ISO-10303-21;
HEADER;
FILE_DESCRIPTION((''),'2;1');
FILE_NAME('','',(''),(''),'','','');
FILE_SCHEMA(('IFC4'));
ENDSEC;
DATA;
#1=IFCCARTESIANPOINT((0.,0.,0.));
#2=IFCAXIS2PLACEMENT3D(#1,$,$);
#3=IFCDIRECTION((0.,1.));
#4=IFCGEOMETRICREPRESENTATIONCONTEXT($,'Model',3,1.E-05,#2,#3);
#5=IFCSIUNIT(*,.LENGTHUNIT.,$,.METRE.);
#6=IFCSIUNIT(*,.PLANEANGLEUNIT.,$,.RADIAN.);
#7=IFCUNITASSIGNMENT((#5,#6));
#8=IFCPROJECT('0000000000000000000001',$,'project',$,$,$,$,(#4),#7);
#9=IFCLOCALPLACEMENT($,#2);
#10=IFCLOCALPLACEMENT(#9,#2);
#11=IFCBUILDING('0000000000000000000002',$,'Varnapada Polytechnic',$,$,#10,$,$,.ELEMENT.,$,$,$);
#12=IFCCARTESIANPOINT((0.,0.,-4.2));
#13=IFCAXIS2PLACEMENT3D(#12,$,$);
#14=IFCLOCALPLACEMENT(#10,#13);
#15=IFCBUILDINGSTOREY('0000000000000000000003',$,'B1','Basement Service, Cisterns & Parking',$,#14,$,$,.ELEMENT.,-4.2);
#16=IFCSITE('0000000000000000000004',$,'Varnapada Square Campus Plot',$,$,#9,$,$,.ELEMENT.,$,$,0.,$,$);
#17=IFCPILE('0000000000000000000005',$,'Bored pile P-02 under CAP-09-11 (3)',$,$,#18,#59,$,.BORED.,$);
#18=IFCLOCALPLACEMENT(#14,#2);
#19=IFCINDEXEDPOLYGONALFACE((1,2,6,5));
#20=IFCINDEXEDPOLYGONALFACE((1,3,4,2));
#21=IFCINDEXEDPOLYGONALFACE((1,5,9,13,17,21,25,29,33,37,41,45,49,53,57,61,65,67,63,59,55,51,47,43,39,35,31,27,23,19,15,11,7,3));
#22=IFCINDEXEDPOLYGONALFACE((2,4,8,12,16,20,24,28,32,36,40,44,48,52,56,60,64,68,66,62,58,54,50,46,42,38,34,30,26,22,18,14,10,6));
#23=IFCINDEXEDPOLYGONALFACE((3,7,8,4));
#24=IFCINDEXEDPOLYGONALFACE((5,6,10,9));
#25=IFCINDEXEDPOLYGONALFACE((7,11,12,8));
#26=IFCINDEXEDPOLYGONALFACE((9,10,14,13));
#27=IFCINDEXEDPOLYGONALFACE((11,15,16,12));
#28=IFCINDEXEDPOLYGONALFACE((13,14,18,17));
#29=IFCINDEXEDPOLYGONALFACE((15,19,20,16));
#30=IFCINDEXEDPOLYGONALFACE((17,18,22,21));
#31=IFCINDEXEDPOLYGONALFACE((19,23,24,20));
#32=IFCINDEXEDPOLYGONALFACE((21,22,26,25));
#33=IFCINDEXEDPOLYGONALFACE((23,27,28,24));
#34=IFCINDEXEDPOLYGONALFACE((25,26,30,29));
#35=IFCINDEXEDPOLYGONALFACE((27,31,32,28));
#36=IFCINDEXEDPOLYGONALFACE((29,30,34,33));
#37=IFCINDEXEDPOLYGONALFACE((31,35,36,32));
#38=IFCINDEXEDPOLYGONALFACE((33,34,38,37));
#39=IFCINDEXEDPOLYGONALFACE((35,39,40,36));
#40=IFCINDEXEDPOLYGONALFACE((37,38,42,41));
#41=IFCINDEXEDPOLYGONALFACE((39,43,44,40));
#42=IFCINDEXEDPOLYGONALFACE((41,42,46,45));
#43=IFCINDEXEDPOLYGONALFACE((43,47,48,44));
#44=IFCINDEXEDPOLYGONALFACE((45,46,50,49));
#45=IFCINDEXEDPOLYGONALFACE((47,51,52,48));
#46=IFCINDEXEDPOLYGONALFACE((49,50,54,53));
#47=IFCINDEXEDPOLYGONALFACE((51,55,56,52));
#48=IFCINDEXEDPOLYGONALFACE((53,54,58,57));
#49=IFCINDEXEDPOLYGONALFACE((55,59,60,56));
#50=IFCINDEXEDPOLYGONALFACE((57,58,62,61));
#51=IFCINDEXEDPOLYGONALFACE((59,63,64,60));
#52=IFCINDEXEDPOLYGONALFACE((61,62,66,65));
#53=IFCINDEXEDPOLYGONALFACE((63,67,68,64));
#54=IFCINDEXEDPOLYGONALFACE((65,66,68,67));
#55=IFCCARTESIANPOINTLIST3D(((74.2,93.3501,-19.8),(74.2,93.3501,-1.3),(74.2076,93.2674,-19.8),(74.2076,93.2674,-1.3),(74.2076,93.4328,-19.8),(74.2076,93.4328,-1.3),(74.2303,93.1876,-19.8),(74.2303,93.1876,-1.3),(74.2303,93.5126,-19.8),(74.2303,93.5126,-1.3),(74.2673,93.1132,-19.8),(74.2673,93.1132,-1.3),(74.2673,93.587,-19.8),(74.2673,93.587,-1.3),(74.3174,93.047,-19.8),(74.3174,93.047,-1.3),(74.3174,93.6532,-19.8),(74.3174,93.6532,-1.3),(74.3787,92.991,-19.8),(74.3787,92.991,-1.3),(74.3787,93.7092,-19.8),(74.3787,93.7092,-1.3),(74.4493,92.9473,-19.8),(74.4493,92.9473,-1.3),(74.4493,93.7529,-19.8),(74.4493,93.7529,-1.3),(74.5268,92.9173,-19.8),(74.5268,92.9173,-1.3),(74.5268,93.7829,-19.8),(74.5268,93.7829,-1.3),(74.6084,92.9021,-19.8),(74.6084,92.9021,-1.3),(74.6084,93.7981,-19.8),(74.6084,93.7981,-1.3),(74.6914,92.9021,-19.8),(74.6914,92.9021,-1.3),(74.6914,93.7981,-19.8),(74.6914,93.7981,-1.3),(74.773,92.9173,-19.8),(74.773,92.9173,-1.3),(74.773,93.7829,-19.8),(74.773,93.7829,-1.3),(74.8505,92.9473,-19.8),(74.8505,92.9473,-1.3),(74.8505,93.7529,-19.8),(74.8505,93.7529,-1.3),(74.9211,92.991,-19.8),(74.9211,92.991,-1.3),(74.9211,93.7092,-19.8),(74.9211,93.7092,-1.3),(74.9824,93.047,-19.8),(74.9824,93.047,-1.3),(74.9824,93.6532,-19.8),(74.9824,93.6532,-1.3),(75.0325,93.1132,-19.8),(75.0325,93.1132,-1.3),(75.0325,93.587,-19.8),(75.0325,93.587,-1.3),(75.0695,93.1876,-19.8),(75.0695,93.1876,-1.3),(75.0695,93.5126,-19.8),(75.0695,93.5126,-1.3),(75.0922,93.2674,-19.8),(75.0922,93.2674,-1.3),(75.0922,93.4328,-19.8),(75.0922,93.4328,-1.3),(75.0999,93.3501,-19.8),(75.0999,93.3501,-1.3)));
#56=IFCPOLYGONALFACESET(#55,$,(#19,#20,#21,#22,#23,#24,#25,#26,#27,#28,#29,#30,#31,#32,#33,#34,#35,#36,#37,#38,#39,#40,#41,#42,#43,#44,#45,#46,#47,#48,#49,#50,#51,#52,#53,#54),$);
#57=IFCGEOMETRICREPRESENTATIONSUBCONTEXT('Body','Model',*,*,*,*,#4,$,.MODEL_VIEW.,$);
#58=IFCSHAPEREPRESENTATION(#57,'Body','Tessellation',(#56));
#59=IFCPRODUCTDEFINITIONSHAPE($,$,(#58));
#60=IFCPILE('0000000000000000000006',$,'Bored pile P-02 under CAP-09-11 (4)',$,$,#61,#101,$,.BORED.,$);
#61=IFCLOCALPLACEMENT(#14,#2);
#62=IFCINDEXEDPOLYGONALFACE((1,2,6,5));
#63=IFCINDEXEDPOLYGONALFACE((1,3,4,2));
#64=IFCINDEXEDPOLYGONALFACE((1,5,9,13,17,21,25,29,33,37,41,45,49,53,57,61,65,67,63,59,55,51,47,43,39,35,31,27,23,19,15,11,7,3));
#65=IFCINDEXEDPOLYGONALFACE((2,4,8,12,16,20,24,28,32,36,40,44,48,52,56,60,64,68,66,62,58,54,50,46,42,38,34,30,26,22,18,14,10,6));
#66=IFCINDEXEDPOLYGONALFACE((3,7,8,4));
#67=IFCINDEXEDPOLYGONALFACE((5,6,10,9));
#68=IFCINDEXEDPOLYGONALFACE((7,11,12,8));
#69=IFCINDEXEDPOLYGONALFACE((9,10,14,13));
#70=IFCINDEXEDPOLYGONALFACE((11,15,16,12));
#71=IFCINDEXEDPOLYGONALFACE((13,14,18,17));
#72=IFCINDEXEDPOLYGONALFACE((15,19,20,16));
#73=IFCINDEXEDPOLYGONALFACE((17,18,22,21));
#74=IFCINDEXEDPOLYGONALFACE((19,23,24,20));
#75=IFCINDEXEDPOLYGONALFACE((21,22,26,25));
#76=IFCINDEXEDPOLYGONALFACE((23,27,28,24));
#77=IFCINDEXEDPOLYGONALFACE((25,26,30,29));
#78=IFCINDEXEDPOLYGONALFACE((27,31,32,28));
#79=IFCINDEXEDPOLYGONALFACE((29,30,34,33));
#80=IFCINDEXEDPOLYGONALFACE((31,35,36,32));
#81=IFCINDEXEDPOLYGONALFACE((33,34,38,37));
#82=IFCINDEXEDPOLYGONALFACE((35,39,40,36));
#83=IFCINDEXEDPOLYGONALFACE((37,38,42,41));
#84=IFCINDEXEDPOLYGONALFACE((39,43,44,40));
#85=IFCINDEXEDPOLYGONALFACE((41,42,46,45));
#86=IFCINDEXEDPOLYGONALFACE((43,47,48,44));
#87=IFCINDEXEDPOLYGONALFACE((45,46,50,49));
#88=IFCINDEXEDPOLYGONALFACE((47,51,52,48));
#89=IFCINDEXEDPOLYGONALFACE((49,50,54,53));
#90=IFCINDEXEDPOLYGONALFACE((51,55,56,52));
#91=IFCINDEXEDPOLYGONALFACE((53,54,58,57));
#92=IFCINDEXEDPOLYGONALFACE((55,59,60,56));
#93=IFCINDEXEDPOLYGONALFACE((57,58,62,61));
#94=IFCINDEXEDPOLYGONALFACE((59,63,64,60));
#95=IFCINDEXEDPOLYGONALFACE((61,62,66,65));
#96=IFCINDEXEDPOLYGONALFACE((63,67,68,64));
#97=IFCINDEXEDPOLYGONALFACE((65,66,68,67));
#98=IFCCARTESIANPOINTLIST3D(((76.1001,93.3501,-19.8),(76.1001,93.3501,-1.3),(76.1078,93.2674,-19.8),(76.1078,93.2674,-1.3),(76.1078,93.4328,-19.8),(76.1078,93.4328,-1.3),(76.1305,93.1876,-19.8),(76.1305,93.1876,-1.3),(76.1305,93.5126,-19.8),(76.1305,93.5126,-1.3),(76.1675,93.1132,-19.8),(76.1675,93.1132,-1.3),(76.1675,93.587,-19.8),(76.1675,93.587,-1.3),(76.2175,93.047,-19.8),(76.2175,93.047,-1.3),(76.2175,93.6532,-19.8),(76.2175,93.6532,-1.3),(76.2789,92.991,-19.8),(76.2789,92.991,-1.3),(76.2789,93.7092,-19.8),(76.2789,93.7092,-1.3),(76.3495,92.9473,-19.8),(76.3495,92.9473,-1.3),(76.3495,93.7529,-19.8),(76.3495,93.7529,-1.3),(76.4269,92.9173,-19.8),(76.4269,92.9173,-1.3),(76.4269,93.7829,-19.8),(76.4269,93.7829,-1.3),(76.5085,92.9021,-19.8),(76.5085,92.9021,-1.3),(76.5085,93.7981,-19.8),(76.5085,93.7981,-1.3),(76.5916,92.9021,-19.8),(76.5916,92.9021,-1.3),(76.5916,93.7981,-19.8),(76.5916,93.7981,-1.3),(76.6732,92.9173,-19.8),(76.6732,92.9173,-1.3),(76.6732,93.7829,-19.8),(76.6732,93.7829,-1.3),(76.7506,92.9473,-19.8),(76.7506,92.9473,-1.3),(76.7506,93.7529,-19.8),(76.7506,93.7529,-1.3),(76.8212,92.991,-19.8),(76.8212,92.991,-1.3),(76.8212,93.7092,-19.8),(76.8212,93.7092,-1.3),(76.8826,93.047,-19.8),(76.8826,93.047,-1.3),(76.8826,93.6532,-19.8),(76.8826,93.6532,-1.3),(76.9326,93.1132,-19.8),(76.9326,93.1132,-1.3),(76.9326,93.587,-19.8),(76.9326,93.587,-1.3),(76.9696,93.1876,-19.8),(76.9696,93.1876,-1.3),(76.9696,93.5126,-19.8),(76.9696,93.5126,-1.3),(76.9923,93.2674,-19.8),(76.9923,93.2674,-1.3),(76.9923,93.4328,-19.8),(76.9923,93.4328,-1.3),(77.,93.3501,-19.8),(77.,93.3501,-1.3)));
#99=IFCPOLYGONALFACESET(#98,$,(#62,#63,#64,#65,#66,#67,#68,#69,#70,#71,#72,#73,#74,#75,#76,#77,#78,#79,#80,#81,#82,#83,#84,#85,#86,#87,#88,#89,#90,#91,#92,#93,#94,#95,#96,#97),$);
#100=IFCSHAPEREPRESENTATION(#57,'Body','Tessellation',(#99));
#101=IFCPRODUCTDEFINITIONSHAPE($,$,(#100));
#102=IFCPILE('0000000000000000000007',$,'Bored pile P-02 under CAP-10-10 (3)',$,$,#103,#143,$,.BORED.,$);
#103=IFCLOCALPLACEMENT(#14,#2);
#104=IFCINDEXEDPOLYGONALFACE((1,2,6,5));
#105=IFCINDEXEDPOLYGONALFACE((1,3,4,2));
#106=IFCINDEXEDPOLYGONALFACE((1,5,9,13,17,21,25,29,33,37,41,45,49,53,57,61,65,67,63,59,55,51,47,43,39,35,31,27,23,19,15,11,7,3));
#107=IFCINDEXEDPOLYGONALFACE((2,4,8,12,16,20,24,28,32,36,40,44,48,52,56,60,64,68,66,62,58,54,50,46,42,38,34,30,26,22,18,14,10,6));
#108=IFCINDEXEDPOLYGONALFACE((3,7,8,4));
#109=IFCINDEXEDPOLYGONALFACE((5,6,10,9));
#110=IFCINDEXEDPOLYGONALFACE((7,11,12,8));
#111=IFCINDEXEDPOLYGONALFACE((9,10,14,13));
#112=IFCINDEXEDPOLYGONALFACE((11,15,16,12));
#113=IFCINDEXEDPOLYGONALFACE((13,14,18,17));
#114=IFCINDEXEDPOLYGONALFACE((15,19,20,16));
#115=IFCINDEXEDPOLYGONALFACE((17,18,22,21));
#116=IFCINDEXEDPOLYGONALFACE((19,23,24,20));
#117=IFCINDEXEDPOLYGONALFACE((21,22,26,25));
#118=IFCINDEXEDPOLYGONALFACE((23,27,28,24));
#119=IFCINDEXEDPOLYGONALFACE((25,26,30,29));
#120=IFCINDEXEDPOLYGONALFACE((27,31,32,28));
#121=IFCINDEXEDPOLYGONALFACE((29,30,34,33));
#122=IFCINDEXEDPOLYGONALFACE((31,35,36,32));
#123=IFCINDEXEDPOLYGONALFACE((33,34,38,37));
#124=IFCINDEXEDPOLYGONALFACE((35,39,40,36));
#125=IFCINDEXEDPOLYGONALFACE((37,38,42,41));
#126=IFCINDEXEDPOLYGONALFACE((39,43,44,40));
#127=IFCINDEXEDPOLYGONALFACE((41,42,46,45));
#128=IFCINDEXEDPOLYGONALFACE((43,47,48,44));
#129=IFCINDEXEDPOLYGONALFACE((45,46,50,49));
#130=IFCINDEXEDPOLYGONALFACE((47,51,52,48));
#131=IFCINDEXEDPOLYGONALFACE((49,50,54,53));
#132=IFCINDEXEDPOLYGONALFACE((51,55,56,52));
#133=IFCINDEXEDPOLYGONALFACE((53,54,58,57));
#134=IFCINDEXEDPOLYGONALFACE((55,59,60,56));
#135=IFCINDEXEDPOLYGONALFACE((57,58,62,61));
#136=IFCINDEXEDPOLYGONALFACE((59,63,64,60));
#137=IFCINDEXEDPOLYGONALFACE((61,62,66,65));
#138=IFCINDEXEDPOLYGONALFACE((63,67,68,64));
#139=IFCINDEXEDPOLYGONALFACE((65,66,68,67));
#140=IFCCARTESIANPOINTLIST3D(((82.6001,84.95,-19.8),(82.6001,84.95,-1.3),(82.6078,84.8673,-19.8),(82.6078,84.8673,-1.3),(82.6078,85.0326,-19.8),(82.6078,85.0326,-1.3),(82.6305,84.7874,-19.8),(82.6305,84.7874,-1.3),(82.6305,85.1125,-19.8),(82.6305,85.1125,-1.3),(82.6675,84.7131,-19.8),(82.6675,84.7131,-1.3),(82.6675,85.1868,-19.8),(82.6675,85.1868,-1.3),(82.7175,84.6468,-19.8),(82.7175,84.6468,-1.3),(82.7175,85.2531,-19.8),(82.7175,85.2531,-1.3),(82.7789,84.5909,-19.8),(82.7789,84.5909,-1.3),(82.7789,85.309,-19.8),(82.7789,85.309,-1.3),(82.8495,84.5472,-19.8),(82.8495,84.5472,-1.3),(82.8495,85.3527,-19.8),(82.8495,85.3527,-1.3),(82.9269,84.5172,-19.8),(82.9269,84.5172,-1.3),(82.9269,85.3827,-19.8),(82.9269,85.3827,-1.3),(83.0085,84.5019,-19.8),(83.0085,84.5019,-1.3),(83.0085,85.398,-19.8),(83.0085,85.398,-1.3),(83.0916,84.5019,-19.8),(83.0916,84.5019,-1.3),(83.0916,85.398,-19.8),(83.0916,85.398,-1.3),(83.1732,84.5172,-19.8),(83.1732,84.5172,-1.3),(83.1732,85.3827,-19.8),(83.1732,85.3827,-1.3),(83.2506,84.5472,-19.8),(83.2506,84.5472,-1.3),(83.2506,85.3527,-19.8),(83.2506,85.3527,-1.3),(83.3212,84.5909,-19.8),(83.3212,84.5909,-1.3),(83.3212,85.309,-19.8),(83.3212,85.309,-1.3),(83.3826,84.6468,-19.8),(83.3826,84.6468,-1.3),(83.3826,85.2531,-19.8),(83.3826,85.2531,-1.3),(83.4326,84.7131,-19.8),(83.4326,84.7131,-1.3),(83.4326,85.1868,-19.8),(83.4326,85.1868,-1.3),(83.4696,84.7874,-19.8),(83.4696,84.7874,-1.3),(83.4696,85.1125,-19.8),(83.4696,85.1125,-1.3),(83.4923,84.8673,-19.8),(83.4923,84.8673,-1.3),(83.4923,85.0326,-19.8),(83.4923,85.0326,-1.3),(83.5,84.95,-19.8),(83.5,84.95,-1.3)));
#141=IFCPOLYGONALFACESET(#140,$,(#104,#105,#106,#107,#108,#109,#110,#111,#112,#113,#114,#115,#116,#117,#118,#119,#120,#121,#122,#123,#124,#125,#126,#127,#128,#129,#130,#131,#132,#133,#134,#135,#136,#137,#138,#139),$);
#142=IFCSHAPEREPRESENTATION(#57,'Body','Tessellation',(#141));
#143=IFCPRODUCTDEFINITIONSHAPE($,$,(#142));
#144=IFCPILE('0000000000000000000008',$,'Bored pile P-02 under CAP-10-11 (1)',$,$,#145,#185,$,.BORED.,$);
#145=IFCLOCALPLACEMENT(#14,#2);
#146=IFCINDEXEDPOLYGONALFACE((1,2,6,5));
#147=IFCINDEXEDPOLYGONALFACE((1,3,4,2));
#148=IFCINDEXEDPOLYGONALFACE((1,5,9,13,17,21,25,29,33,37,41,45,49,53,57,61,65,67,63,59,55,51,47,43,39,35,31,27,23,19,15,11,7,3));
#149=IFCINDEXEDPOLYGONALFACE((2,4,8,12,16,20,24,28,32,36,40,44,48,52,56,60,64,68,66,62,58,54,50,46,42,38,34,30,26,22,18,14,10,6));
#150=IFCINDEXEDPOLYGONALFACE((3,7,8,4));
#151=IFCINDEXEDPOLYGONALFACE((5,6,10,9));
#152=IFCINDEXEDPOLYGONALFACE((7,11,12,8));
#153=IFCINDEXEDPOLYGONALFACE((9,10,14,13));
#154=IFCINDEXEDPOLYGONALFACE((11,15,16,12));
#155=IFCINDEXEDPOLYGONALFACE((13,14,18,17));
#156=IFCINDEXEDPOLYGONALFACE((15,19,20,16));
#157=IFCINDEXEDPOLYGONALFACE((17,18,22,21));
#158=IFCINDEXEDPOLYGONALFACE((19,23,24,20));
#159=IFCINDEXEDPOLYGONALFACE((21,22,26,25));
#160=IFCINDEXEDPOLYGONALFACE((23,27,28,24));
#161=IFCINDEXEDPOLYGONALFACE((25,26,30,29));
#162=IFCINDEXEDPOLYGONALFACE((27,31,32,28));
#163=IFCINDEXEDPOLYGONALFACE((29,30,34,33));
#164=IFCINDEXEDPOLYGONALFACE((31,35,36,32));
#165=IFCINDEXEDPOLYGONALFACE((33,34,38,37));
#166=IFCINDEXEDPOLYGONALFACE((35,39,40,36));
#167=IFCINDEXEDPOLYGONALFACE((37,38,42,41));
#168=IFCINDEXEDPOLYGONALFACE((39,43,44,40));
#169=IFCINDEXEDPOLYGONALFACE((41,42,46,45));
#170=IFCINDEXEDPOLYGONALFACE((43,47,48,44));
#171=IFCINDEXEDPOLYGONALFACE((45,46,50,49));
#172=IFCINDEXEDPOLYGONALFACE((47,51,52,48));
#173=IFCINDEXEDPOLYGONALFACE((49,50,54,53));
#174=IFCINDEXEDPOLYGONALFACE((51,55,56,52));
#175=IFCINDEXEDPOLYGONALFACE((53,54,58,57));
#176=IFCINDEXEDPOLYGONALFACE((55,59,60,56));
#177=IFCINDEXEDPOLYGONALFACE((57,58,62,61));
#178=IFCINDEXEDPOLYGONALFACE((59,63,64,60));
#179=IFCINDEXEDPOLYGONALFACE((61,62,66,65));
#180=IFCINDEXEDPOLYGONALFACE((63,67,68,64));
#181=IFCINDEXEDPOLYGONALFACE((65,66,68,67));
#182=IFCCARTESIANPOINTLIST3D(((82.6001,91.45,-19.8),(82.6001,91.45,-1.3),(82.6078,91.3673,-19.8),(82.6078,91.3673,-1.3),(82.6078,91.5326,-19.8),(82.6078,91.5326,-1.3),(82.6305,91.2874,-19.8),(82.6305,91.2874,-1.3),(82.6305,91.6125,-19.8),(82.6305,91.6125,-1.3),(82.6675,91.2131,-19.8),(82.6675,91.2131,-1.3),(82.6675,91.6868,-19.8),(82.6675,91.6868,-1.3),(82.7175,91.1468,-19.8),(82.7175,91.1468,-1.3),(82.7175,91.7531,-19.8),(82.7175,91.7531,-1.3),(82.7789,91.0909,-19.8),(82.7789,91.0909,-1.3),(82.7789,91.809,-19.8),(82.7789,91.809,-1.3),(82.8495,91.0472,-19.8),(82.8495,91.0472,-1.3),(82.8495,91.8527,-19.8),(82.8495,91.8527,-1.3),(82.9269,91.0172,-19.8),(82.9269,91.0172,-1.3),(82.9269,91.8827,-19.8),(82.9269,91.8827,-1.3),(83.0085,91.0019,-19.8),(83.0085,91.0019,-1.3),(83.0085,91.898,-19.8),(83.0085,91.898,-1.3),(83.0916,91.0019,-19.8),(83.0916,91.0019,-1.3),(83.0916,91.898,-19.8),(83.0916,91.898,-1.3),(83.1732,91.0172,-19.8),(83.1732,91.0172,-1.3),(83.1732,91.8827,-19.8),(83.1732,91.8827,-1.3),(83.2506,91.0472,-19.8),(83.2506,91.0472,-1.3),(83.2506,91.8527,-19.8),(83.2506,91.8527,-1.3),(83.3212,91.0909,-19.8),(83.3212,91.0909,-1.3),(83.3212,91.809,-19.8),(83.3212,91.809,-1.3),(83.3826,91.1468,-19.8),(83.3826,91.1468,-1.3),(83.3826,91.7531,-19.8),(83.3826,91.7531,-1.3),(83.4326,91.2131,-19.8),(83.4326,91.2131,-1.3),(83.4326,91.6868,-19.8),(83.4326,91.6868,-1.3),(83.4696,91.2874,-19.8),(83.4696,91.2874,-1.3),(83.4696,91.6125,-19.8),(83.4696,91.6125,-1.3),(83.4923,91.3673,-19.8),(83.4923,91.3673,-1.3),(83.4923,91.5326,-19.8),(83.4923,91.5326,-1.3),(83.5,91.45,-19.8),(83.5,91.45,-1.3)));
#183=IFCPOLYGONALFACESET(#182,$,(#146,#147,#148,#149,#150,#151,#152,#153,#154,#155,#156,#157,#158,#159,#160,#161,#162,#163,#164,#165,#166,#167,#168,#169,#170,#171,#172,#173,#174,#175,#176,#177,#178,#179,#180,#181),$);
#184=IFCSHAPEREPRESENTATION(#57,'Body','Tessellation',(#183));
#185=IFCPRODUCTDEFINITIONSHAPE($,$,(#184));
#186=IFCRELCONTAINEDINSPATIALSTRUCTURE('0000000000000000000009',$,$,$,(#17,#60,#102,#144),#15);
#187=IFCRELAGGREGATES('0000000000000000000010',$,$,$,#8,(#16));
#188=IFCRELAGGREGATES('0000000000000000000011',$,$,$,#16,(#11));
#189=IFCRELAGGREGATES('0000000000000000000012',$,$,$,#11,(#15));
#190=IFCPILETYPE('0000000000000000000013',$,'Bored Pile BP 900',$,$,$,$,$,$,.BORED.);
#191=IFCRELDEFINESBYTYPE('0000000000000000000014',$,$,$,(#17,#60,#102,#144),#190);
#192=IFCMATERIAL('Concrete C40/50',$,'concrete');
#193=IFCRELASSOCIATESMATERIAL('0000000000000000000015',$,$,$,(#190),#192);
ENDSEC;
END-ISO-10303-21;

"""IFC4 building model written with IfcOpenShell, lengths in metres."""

from ifc_helpers import new_model, si_unit, direction, frame, origin, origin_2d, place, context, subcontext, project, spatial, circle, extrude, material, material_profile, profile_set, type_object, element, save


model = new_model("IFC4")

# Units and contexts
model_context = context("Model", 3, precision=1e-05, world=origin(), true_north=direction((0.0, 1.0)))
body_context = subcontext(model_context, "Body", "Model", "MODEL_VIEW")
ifc_project = project(units=[si_unit("LENGTHUNIT", "METRE"), si_unit("PLANEANGLEUNIT", "RADIAN")], contexts=[model_context])

# Site, building, storey
site_placement = place(None, origin())
site = spatial("IfcSite", under=ifc_project, at=site_placement, Name="Varnapada Square Campus Plot", CompositionType="ELEMENT", RefElevation=0.0)
building_placement = place(site_placement, origin())
building = spatial("IfcBuilding", under=site, at=building_placement, Name="Varnapada Polytechnic", CompositionType="ELEMENT")
storey_placement = place(building_placement, frame((0.0, 0.0, -4.2)))
storey = spatial("IfcBuildingStorey", under=building, at=storey_placement, Name="B1", Description="Basement Service, Cisterns & Parking", CompositionType="ELEMENT", Elevation=-4.2)

# Piles
ifc_material_1 = material(Name="Concrete C40/50", Category="concrete")
ifc_material_profile_1 = material_profile(ifc_material_1, circle(Radius=0.45, at=origin_2d()), Name="BP 900")
ifc_profile_set_1 = profile_set([ifc_material_profile_1], Name="Concrete C40/50")
pile_type_1 = type_object("IfcPileType", Name="Bored Pile BP 900", PredefinedType="BORED", material=ifc_profile_set_1)
for number, where, z_axis, x_axis, name in (
    (1, (74.6499, 93.3501, -1.3), (0.0, 0.0, -1.0), (1.0, 0.0, 0.0), "Bored pile P-02 under CAP-09-11 (3)"),
    (2, (76.55, 93.3501, -1.3), (0.0, 0.0, -1.0), (1.0, 0.0, 0.0), "Bored pile P-02 under CAP-09-11 (4)"),
    (3, (83.05, 84.95, -1.3), (0.0, 0.0, -1.0), (1.0, 0.0, 0.0), "Bored pile P-02 under CAP-10-10 (3)"),
    (4, (83.05, 91.45, -1.3), (0.0, 0.0, -1.0), (1.0, 0.0, 0.0), "Bored pile P-02 under CAP-10-11 (1)"),
):
    element("IfcPile", number, at=place(storey_placement, frame(where, z_axis=z_axis, x_axis=x_axis)), inside=storey, type_object=pile_type_1, Name=name, PredefinedType="BORED", context=body_context, shape_type="SweptSolid", body=[
        extrude(circle(Radius=0.45, at=origin_2d()), origin(), (0.0, 0.0, 1.0), 18.5),
    ])

save(model, "model.ifc")
